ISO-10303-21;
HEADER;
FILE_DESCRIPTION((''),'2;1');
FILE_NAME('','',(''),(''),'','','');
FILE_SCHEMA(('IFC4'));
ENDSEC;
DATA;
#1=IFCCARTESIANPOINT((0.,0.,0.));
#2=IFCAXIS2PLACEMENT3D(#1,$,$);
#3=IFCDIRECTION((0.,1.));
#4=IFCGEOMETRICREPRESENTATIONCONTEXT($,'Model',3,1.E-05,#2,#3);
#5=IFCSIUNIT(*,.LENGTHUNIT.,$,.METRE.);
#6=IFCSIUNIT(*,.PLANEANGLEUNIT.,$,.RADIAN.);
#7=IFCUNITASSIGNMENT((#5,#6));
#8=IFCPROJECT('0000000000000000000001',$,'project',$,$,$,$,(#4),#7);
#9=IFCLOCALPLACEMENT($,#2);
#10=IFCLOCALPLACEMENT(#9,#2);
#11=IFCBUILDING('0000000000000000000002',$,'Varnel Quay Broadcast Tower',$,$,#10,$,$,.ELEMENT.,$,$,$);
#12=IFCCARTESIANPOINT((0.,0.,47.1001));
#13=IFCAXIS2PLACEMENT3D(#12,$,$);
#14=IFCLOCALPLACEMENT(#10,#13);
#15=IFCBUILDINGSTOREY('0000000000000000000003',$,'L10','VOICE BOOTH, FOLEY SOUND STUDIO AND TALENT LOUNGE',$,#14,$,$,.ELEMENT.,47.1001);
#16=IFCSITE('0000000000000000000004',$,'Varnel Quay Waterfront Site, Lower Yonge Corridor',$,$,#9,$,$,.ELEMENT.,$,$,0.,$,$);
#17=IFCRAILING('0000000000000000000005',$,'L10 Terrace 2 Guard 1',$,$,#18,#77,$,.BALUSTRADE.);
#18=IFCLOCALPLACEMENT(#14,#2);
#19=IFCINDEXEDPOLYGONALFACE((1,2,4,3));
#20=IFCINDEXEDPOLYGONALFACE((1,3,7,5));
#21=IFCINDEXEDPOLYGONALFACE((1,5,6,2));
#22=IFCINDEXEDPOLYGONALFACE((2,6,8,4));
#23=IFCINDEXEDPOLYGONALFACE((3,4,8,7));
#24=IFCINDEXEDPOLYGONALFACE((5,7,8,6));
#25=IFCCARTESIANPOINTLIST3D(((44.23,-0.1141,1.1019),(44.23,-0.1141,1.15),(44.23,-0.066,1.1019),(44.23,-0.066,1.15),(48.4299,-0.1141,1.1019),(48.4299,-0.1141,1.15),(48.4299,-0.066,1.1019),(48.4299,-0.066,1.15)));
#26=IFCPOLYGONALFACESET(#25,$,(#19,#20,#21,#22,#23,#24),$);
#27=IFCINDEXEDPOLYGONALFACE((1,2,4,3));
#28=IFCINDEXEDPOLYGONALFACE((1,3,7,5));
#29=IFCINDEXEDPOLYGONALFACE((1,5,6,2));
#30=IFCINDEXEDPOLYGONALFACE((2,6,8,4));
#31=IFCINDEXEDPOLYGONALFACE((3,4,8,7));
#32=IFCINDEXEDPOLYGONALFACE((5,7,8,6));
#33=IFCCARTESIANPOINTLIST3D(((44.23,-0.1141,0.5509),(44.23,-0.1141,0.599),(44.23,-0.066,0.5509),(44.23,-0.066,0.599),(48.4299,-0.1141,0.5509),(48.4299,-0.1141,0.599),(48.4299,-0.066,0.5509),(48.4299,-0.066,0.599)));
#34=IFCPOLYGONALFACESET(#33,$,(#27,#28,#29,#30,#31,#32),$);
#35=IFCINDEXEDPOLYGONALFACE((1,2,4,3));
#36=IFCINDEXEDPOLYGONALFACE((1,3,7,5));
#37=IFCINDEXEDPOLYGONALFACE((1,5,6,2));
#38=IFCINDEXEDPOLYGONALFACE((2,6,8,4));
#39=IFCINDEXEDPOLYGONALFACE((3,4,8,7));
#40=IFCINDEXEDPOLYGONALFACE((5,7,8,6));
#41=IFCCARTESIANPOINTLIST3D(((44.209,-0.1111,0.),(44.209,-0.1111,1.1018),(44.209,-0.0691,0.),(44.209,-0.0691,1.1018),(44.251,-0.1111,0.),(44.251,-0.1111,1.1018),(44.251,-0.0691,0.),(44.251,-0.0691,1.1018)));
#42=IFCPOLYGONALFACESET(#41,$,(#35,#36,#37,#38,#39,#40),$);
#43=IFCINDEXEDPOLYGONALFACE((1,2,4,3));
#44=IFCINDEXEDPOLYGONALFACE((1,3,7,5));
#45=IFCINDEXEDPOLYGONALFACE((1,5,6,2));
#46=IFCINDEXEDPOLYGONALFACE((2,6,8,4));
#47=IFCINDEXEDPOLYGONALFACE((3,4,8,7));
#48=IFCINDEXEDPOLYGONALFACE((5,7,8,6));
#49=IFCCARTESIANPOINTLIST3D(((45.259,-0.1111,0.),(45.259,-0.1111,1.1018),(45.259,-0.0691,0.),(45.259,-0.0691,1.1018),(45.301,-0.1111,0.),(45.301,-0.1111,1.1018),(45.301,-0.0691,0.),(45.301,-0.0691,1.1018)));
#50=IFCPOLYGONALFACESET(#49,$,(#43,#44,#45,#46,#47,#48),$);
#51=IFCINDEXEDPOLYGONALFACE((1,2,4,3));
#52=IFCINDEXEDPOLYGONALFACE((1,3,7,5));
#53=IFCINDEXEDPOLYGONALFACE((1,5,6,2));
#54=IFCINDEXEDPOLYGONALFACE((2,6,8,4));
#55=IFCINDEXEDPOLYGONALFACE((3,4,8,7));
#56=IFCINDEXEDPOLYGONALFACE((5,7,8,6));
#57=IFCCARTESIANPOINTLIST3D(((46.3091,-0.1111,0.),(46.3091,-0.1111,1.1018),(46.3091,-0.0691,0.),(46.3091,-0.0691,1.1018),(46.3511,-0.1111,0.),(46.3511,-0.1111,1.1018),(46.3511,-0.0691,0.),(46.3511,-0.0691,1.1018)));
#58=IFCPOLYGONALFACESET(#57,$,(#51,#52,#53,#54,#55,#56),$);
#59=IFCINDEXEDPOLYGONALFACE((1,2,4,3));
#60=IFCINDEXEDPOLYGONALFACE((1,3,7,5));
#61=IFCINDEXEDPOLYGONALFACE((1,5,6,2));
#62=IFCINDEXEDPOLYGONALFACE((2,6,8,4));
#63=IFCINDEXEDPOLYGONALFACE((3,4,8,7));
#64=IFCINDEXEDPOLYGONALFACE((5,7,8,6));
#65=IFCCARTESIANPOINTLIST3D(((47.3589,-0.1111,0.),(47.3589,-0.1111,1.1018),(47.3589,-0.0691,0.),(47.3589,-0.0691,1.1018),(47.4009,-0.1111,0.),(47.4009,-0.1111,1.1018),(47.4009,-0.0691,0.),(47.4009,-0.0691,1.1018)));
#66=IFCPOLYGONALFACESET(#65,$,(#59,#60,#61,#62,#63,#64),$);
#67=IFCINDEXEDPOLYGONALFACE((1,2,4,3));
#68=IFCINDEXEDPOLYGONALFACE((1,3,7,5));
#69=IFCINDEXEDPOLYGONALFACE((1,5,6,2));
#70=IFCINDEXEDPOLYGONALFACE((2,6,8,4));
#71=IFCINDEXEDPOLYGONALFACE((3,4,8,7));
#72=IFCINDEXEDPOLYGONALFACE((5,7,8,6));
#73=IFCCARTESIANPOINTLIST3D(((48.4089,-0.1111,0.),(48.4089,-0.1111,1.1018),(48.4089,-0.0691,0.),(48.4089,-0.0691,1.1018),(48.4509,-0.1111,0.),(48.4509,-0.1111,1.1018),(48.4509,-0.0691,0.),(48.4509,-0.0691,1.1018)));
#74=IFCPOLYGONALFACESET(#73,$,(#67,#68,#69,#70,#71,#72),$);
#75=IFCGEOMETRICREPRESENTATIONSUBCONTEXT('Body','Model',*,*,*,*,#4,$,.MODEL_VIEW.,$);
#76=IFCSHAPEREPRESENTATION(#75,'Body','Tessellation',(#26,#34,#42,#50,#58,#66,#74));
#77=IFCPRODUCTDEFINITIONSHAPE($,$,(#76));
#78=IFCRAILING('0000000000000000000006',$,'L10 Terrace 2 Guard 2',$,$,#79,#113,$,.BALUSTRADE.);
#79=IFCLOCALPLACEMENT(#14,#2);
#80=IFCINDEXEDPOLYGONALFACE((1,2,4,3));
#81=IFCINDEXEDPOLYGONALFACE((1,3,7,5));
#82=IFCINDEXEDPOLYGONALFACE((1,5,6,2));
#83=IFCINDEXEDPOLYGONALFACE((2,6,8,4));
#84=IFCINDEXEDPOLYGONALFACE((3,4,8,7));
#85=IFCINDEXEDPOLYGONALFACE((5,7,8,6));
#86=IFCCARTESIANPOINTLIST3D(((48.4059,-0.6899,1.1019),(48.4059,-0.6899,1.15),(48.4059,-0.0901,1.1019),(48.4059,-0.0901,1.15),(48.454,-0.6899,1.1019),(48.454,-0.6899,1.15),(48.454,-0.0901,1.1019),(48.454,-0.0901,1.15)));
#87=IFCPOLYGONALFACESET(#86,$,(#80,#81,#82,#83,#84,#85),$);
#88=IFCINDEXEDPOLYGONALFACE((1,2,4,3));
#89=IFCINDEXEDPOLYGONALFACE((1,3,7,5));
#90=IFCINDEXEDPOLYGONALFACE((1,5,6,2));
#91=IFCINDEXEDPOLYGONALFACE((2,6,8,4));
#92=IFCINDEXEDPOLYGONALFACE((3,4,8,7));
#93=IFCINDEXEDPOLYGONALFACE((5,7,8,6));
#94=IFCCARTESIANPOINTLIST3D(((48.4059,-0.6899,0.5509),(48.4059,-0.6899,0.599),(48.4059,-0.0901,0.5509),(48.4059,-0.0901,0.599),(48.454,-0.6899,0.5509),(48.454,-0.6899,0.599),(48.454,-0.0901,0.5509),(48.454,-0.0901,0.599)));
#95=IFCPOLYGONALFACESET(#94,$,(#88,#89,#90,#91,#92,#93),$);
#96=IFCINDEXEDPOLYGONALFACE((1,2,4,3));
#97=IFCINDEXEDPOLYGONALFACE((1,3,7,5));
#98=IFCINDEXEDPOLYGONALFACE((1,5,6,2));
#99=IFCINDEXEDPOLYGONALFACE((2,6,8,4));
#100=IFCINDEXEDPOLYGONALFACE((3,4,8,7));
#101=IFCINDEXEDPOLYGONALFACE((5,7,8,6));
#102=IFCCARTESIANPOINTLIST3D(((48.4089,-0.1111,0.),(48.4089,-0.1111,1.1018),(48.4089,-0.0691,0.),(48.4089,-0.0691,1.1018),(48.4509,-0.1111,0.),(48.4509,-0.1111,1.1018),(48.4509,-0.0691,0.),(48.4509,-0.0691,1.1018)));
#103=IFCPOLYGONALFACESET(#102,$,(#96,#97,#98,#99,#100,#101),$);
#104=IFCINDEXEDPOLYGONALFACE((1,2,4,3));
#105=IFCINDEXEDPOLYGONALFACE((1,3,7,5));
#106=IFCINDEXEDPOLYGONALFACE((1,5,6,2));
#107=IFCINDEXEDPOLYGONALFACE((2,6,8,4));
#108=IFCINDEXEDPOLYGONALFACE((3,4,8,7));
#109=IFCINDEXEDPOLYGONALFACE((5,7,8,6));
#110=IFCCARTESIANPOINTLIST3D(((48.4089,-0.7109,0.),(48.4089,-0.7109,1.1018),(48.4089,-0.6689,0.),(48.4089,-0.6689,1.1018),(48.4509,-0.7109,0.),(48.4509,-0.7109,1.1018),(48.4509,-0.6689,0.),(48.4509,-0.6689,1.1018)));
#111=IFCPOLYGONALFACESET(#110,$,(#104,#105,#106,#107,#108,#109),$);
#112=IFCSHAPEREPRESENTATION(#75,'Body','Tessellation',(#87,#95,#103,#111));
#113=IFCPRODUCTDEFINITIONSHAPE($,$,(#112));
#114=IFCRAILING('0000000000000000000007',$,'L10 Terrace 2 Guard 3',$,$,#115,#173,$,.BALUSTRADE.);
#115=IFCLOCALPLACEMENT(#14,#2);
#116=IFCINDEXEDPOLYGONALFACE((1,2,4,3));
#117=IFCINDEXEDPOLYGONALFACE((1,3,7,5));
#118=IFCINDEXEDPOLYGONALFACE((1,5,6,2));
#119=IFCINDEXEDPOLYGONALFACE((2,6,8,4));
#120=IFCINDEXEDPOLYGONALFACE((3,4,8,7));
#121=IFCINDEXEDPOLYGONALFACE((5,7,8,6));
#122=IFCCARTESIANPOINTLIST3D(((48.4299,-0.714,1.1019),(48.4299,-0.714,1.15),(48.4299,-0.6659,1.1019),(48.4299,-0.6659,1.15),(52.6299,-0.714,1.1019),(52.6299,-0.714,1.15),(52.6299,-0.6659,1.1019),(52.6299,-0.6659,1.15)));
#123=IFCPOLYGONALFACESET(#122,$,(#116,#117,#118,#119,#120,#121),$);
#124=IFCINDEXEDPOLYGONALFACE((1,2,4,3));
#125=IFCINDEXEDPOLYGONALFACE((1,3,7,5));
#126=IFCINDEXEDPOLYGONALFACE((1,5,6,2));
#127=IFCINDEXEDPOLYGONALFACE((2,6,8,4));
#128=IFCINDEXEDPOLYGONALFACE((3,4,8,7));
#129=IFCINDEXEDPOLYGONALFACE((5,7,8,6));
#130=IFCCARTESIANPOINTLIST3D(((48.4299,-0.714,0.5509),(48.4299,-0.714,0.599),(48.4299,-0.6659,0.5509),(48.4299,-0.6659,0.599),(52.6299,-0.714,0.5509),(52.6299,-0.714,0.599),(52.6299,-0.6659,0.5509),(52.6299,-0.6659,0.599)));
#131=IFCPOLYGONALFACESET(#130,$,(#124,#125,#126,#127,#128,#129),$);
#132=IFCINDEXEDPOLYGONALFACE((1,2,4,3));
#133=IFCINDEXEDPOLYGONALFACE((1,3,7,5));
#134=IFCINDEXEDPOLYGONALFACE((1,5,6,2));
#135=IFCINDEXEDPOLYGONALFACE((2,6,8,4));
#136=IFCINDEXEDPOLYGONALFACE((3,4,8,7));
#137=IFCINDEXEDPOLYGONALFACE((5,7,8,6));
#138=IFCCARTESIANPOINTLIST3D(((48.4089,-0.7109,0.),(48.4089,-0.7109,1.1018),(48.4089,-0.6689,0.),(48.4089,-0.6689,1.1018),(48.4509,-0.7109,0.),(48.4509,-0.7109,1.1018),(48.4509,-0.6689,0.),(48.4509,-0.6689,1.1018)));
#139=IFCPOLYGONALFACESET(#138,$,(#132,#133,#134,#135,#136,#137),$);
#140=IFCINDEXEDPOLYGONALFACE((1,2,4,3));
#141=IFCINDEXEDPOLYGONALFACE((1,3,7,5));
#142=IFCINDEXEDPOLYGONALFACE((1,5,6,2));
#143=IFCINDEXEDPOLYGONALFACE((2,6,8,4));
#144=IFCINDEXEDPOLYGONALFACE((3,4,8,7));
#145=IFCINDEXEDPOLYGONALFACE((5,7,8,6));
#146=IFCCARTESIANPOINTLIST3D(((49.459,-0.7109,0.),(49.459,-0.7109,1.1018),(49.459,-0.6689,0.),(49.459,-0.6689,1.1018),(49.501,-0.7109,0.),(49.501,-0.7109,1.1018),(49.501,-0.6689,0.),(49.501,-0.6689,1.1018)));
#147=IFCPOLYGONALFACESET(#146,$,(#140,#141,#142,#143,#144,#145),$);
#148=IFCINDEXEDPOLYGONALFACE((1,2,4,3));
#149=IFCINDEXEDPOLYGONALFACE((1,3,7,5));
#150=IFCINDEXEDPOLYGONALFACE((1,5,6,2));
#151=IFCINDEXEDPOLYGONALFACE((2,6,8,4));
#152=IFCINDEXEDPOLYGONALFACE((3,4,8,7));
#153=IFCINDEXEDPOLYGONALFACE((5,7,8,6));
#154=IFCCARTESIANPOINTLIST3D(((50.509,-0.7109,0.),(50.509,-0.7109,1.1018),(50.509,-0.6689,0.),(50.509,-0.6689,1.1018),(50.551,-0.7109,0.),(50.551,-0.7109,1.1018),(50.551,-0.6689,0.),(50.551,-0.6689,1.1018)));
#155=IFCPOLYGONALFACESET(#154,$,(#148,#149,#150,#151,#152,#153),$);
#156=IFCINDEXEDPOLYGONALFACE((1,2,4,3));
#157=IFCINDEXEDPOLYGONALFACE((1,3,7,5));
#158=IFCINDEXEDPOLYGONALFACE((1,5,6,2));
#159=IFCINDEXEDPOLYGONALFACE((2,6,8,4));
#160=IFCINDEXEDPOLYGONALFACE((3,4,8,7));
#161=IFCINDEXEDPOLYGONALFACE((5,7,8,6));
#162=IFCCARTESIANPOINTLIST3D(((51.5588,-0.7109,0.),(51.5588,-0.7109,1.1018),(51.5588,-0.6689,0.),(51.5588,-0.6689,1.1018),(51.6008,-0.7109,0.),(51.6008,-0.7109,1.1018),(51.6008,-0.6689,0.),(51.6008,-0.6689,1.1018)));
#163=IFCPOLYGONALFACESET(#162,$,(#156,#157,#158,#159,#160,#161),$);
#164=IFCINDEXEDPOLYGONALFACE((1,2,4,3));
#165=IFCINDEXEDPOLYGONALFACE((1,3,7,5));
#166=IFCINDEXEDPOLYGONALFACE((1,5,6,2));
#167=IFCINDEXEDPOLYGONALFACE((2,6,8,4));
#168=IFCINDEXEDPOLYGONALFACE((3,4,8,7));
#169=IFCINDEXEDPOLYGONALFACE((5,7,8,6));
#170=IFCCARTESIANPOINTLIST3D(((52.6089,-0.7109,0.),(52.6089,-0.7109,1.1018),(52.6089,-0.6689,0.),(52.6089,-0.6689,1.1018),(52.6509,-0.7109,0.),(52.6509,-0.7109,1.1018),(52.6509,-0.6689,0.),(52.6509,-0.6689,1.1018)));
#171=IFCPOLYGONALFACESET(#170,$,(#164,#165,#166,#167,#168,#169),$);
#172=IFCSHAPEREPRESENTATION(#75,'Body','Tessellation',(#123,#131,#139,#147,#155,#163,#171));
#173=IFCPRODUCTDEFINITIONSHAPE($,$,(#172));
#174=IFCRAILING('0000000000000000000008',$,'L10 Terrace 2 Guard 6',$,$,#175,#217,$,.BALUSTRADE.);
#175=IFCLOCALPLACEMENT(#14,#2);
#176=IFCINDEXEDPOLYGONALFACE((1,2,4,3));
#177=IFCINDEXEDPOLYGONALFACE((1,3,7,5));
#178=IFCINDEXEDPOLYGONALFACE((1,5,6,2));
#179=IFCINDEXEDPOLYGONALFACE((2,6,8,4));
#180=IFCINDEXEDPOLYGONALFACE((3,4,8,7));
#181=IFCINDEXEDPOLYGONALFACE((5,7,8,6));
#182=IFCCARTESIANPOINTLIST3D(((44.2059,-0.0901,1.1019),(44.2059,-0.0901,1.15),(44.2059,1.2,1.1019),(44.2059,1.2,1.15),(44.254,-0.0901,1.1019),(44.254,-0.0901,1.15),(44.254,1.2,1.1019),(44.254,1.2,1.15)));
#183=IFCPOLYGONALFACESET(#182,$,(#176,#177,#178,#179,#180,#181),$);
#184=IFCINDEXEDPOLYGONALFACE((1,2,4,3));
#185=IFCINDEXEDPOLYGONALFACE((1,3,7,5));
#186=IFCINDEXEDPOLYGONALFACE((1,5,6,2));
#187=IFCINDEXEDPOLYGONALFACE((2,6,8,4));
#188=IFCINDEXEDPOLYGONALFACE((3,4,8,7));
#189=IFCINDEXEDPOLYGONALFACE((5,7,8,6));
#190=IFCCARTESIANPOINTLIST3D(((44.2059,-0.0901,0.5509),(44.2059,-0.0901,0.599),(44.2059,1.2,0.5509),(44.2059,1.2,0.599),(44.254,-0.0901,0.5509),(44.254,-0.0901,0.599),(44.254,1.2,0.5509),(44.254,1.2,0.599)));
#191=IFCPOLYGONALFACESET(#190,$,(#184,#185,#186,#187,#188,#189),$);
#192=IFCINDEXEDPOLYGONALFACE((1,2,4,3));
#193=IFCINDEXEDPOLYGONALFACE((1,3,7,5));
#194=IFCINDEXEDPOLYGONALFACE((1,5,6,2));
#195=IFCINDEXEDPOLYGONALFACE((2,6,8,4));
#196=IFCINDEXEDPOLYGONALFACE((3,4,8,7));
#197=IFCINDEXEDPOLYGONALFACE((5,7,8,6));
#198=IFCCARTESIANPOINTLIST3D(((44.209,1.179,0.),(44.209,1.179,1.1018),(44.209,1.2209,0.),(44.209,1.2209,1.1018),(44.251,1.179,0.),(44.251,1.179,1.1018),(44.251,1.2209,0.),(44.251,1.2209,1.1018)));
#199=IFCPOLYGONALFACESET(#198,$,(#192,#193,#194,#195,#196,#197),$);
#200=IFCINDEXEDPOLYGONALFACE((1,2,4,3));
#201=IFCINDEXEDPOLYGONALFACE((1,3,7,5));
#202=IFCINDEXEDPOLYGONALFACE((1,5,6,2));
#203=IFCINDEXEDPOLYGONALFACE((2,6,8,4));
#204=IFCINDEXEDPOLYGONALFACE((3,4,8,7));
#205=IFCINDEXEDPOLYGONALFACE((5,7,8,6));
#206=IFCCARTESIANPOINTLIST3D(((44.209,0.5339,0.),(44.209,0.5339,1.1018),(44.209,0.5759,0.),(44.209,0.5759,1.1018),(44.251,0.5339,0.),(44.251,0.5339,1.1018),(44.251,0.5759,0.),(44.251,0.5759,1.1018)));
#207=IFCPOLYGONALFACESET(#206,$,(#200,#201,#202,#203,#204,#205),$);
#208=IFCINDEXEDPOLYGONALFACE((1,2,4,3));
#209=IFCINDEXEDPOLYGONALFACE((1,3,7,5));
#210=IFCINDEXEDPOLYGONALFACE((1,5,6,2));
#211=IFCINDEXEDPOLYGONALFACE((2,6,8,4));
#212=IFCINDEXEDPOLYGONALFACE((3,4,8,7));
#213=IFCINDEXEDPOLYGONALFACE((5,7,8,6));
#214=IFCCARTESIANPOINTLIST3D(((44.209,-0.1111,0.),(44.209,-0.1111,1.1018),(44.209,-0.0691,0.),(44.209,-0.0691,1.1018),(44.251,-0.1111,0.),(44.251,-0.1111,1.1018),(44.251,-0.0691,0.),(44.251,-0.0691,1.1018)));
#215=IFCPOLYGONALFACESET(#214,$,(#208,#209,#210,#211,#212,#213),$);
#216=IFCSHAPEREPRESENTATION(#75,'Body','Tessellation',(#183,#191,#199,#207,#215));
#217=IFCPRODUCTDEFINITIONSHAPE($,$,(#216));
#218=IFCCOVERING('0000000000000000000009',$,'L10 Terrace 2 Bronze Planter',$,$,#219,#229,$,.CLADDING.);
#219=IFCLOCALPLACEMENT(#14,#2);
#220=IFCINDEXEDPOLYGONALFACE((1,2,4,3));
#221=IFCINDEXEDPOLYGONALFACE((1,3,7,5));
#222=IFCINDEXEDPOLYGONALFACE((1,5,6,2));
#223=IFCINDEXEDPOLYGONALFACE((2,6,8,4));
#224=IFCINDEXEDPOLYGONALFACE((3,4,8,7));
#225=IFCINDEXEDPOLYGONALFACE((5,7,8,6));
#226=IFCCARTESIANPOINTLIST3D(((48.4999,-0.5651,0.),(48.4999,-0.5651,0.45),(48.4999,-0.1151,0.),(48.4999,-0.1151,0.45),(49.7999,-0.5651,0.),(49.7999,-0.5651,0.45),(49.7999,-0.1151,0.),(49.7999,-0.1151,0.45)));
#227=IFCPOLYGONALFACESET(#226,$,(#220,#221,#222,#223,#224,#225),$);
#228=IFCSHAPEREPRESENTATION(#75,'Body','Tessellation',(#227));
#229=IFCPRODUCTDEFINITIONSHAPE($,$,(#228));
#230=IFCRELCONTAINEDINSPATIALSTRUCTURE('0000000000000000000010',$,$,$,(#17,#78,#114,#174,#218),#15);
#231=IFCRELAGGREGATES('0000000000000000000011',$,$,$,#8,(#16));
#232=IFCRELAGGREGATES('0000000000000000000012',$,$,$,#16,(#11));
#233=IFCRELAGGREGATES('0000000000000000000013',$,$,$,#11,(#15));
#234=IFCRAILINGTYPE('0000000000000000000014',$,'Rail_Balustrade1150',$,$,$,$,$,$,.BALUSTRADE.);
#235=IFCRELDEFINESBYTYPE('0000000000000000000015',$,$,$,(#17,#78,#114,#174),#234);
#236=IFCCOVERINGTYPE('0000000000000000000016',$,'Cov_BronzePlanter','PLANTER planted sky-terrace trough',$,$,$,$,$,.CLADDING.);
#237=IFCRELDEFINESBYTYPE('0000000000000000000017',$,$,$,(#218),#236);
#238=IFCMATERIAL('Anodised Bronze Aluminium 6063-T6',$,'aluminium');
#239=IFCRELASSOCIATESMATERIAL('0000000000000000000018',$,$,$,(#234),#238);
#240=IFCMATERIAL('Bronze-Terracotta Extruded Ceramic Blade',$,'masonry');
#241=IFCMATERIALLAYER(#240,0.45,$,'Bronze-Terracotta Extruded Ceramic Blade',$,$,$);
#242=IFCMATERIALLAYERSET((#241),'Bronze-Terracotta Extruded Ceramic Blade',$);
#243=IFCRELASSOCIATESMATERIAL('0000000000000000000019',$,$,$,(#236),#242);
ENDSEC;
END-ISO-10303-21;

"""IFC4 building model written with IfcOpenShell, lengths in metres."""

from ifc_helpers import new_model, si_unit, direction, frame, origin, origin_2d, place, context, subcontext, project, spatial, rectangle, extrude, source, transform, mapped, material, layer, layer_set, type_object, type_shapes, element, save


model = new_model("IFC4")

# Units and contexts
model_context = context("Model", 3, precision=1e-05, world=origin(), true_north=direction((0.0, 1.0)))
body_context = subcontext(model_context, "Body", "Model", "MODEL_VIEW")
ifc_project = project(units=[si_unit("LENGTHUNIT", "METRE"), si_unit("PLANEANGLEUNIT", "RADIAN")], contexts=[model_context])

# Site, building, storey
site_placement = place(None, origin())
site = spatial("IfcSite", under=ifc_project, at=site_placement, Name="Varnel Quay Waterfront Site, Lower Yonge Corridor", CompositionType="ELEMENT", RefElevation=0.0)
building_placement = place(site_placement, origin())
building = spatial("IfcBuilding", under=site, at=building_placement, Name="Varnel Quay Broadcast Tower", CompositionType="ELEMENT")
storey_placement = place(building_placement, frame((0.0, 0.0, 47.1001)))
storey = spatial("IfcBuildingStorey", under=building, at=storey_placement, Name="L10", Description="VOICE BOOTH, FOLEY SOUND STUDIO AND TALENT LOUNGE", CompositionType="ELEMENT", Elevation=47.1001)

# Shared definitions
ifc_material_1 = material(Name="Anodised Bronze Aluminium 6063-T6", Category="aluminium")

# Railings
railing_type = type_object("IfcRailingType", Name="Rail_Balustrade1150", PredefinedType="BALUSTRADE", material=ifc_material_1)
railing_1_placement = place(storey_placement, frame((44.23, -0.0901, 0.0)))
element("IfcRailing", 1, at=railing_1_placement, inside=storey, type_object=railing_type, Name="L10 Terrace 2 Guard 1", PredefinedType="BALUSTRADE", context=body_context, shape_type="SweptSolid", body=[
    extrude(rectangle(XDim=0.0481, YDim=0.0481, at=origin_2d()), frame((0.0, 0.0, 1.126), z_axis=(1.0, 0.0, 0.0), x_axis=(0.0, 1.0, 0.0)), (0.0, 0.0, 1.0), 4.2),
    extrude(rectangle(XDim=0.0481, YDim=0.0481, at=origin_2d()), frame((0.0, 0.0, 0.575), z_axis=(1.0, 0.0, 0.0), x_axis=(0.0, 1.0, 0.0)), (0.0, 0.0, 1.0), 4.2),
    extrude(rectangle(XDim=0.042, YDim=0.042, at=origin_2d()), origin(), (0.0, 0.0, 1.0), 1.1018),
    extrude(rectangle(XDim=0.042, YDim=0.042, at=origin_2d()), frame((1.05, 0.0, 0.0)), (0.0, 0.0, 1.0), 1.1018),
    extrude(rectangle(XDim=0.042, YDim=0.042, at=origin_2d()), frame((2.1001, 0.0, 0.0)), (0.0, 0.0, 1.0), 1.1018),
    extrude(rectangle(XDim=0.042, YDim=0.042, at=origin_2d()), frame((3.1499, 0.0, 0.0)), (0.0, 0.0, 1.0), 1.1018),
    extrude(rectangle(XDim=0.042, YDim=0.042, at=origin_2d()), frame((4.2, 0.0, 0.0)), (0.0, 0.0, 1.0), 1.1018),
])
railing_2_placement = place(storey_placement, frame((48.4299, -0.0901, 0.0)))
element("IfcRailing", 2, at=railing_2_placement, inside=storey, type_object=railing_type, Name="L10 Terrace 2 Guard 2", PredefinedType="BALUSTRADE", context=body_context, shape_type="SweptSolid", body=[
    extrude(rectangle(XDim=0.0481, YDim=0.0481, at=origin_2d()), frame((0.0, 0.0, 1.126), z_axis=(0.0, -1.0, 0.0), x_axis=(1.0, 0.0, 0.0)), (0.0, 0.0, 1.0), 0.5999),
    extrude(rectangle(XDim=0.0481, YDim=0.0481, at=origin_2d()), frame((0.0, 0.0, 0.575), z_axis=(0.0, -1.0, 0.0), x_axis=(1.0, 0.0, 0.0)), (0.0, 0.0, 1.0), 0.5999),
    extrude(rectangle(XDim=0.042, YDim=0.042, at=origin_2d()), origin(), (0.0, 0.0, 1.0), 1.1018),
    extrude(rectangle(XDim=0.042, YDim=0.042, at=origin_2d()), frame((0.0, -0.5999, 0.0)), (0.0, 0.0, 1.0), 1.1018),
])
railing_3_placement = place(storey_placement, frame((48.4299, -0.6899, 0.0)))
element("IfcRailing", 3, at=railing_3_placement, inside=storey, type_object=railing_type, Name="L10 Terrace 2 Guard 3", PredefinedType="BALUSTRADE", context=body_context, shape_type="SweptSolid", body=[
    extrude(rectangle(XDim=0.0481, YDim=0.0481, at=origin_2d()), frame((0.0, 0.0, 1.126), z_axis=(1.0, 0.0, 0.0), x_axis=(0.0, 1.0, 0.0)), (0.0, 0.0, 1.0), 4.2),
    extrude(rectangle(XDim=0.0481, YDim=0.0481, at=origin_2d()), frame((0.0, 0.0, 0.575), z_axis=(1.0, 0.0, 0.0), x_axis=(0.0, 1.0, 0.0)), (0.0, 0.0, 1.0), 4.2),
    extrude(rectangle(XDim=0.042, YDim=0.042, at=origin_2d()), origin(), (0.0, 0.0, 1.0), 1.1018),
    extrude(rectangle(XDim=0.042, YDim=0.042, at=origin_2d()), frame((1.05, 0.0, 0.0)), (0.0, 0.0, 1.0), 1.1018),
    extrude(rectangle(XDim=0.042, YDim=0.042, at=origin_2d()), frame((2.1001, 0.0, 0.0)), (0.0, 0.0, 1.0), 1.1018),
    extrude(rectangle(XDim=0.042, YDim=0.042, at=origin_2d()), frame((3.1499, 0.0, 0.0)), (0.0, 0.0, 1.0), 1.1018),
    extrude(rectangle(XDim=0.042, YDim=0.042, at=origin_2d()), frame((4.2, 0.0, 0.0)), (0.0, 0.0, 1.0), 1.1018),
])
railing_4_placement = place(storey_placement, frame((44.23, 1.2, 0.0)))
element("IfcRailing", 4, at=railing_4_placement, inside=storey, type_object=railing_type, Name="L10 Terrace 2 Guard 6", PredefinedType="BALUSTRADE", context=body_context, shape_type="SweptSolid", body=[
    extrude(rectangle(XDim=0.0481, YDim=0.0481, at=origin_2d()), frame((0.0, 0.0, 1.126), z_axis=(0.0, -1.0, 0.0), x_axis=(1.0, 0.0, 0.0)), (0.0, 0.0, 1.0), 1.29),
    extrude(rectangle(XDim=0.0481, YDim=0.0481, at=origin_2d()), frame((0.0, 0.0, 0.575), z_axis=(0.0, -1.0, 0.0), x_axis=(1.0, 0.0, 0.0)), (0.0, 0.0, 1.0), 1.29),
    extrude(rectangle(XDim=0.042, YDim=0.042, at=origin_2d()), origin(), (0.0, 0.0, 1.0), 1.1018),
    extrude(rectangle(XDim=0.042, YDim=0.042, at=origin_2d()), frame((0.0, -0.645, 0.0)), (0.0, 0.0, 1.0), 1.1018),
    extrude(rectangle(XDim=0.042, YDim=0.042, at=origin_2d()), frame((0.0, -1.29, 0.0)), (0.0, 0.0, 1.0), 1.1018),
])

# Covering
ifc_material_2 = material(Name="Bronze-Terracotta Extruded Ceramic Blade", Category="masonry")
ifc_layer_1 = layer(ifc_material_2, 0.45, Name="Bronze-Terracotta Extruded Ceramic Blade")
ifc_layer_set_1 = layer_set([ifc_layer_1], Name="Bronze-Terracotta Extruded Ceramic Blade")
covering_type = type_object("IfcCoveringType", Name="Cov_BronzePlanter", Description="PLANTER planted sky-terrace trough", PredefinedType="CLADDING", material=ifc_layer_set_1)
shared_shape_1 = source(origin(), body_context, "Body", "SweptSolid", [
    extrude(rectangle(XDim=1.3, YDim=0.45, at=origin_2d()), origin(), (0.0, 0.0, 1.0), 0.45),
])
type_shapes(covering_type, [shared_shape_1])
covering_placement = place(storey_placement, frame((49.1499, -0.3401, 0.0), z_axis=(0.0, 0.0, 1.0), x_axis=(1.0, 0.0, 0.0)))
element("IfcCovering", 5, at=covering_placement, inside=storey, type_object=covering_type, Name="L10 Terrace 2 Bronze Planter", PredefinedType="CLADDING", context=body_context, shape_type="MappedRepresentation", body=[
    mapped(shared_shape_1, transform((0.0, 0.0, 0.0), x_axis=(1.0, 0.0, 0.0), y_axis=(0.0, 1.0, 0.0), z_axis=(0.0, 0.0, 1.0), scale=1.0)),
])

save(model, "model.ifc")
